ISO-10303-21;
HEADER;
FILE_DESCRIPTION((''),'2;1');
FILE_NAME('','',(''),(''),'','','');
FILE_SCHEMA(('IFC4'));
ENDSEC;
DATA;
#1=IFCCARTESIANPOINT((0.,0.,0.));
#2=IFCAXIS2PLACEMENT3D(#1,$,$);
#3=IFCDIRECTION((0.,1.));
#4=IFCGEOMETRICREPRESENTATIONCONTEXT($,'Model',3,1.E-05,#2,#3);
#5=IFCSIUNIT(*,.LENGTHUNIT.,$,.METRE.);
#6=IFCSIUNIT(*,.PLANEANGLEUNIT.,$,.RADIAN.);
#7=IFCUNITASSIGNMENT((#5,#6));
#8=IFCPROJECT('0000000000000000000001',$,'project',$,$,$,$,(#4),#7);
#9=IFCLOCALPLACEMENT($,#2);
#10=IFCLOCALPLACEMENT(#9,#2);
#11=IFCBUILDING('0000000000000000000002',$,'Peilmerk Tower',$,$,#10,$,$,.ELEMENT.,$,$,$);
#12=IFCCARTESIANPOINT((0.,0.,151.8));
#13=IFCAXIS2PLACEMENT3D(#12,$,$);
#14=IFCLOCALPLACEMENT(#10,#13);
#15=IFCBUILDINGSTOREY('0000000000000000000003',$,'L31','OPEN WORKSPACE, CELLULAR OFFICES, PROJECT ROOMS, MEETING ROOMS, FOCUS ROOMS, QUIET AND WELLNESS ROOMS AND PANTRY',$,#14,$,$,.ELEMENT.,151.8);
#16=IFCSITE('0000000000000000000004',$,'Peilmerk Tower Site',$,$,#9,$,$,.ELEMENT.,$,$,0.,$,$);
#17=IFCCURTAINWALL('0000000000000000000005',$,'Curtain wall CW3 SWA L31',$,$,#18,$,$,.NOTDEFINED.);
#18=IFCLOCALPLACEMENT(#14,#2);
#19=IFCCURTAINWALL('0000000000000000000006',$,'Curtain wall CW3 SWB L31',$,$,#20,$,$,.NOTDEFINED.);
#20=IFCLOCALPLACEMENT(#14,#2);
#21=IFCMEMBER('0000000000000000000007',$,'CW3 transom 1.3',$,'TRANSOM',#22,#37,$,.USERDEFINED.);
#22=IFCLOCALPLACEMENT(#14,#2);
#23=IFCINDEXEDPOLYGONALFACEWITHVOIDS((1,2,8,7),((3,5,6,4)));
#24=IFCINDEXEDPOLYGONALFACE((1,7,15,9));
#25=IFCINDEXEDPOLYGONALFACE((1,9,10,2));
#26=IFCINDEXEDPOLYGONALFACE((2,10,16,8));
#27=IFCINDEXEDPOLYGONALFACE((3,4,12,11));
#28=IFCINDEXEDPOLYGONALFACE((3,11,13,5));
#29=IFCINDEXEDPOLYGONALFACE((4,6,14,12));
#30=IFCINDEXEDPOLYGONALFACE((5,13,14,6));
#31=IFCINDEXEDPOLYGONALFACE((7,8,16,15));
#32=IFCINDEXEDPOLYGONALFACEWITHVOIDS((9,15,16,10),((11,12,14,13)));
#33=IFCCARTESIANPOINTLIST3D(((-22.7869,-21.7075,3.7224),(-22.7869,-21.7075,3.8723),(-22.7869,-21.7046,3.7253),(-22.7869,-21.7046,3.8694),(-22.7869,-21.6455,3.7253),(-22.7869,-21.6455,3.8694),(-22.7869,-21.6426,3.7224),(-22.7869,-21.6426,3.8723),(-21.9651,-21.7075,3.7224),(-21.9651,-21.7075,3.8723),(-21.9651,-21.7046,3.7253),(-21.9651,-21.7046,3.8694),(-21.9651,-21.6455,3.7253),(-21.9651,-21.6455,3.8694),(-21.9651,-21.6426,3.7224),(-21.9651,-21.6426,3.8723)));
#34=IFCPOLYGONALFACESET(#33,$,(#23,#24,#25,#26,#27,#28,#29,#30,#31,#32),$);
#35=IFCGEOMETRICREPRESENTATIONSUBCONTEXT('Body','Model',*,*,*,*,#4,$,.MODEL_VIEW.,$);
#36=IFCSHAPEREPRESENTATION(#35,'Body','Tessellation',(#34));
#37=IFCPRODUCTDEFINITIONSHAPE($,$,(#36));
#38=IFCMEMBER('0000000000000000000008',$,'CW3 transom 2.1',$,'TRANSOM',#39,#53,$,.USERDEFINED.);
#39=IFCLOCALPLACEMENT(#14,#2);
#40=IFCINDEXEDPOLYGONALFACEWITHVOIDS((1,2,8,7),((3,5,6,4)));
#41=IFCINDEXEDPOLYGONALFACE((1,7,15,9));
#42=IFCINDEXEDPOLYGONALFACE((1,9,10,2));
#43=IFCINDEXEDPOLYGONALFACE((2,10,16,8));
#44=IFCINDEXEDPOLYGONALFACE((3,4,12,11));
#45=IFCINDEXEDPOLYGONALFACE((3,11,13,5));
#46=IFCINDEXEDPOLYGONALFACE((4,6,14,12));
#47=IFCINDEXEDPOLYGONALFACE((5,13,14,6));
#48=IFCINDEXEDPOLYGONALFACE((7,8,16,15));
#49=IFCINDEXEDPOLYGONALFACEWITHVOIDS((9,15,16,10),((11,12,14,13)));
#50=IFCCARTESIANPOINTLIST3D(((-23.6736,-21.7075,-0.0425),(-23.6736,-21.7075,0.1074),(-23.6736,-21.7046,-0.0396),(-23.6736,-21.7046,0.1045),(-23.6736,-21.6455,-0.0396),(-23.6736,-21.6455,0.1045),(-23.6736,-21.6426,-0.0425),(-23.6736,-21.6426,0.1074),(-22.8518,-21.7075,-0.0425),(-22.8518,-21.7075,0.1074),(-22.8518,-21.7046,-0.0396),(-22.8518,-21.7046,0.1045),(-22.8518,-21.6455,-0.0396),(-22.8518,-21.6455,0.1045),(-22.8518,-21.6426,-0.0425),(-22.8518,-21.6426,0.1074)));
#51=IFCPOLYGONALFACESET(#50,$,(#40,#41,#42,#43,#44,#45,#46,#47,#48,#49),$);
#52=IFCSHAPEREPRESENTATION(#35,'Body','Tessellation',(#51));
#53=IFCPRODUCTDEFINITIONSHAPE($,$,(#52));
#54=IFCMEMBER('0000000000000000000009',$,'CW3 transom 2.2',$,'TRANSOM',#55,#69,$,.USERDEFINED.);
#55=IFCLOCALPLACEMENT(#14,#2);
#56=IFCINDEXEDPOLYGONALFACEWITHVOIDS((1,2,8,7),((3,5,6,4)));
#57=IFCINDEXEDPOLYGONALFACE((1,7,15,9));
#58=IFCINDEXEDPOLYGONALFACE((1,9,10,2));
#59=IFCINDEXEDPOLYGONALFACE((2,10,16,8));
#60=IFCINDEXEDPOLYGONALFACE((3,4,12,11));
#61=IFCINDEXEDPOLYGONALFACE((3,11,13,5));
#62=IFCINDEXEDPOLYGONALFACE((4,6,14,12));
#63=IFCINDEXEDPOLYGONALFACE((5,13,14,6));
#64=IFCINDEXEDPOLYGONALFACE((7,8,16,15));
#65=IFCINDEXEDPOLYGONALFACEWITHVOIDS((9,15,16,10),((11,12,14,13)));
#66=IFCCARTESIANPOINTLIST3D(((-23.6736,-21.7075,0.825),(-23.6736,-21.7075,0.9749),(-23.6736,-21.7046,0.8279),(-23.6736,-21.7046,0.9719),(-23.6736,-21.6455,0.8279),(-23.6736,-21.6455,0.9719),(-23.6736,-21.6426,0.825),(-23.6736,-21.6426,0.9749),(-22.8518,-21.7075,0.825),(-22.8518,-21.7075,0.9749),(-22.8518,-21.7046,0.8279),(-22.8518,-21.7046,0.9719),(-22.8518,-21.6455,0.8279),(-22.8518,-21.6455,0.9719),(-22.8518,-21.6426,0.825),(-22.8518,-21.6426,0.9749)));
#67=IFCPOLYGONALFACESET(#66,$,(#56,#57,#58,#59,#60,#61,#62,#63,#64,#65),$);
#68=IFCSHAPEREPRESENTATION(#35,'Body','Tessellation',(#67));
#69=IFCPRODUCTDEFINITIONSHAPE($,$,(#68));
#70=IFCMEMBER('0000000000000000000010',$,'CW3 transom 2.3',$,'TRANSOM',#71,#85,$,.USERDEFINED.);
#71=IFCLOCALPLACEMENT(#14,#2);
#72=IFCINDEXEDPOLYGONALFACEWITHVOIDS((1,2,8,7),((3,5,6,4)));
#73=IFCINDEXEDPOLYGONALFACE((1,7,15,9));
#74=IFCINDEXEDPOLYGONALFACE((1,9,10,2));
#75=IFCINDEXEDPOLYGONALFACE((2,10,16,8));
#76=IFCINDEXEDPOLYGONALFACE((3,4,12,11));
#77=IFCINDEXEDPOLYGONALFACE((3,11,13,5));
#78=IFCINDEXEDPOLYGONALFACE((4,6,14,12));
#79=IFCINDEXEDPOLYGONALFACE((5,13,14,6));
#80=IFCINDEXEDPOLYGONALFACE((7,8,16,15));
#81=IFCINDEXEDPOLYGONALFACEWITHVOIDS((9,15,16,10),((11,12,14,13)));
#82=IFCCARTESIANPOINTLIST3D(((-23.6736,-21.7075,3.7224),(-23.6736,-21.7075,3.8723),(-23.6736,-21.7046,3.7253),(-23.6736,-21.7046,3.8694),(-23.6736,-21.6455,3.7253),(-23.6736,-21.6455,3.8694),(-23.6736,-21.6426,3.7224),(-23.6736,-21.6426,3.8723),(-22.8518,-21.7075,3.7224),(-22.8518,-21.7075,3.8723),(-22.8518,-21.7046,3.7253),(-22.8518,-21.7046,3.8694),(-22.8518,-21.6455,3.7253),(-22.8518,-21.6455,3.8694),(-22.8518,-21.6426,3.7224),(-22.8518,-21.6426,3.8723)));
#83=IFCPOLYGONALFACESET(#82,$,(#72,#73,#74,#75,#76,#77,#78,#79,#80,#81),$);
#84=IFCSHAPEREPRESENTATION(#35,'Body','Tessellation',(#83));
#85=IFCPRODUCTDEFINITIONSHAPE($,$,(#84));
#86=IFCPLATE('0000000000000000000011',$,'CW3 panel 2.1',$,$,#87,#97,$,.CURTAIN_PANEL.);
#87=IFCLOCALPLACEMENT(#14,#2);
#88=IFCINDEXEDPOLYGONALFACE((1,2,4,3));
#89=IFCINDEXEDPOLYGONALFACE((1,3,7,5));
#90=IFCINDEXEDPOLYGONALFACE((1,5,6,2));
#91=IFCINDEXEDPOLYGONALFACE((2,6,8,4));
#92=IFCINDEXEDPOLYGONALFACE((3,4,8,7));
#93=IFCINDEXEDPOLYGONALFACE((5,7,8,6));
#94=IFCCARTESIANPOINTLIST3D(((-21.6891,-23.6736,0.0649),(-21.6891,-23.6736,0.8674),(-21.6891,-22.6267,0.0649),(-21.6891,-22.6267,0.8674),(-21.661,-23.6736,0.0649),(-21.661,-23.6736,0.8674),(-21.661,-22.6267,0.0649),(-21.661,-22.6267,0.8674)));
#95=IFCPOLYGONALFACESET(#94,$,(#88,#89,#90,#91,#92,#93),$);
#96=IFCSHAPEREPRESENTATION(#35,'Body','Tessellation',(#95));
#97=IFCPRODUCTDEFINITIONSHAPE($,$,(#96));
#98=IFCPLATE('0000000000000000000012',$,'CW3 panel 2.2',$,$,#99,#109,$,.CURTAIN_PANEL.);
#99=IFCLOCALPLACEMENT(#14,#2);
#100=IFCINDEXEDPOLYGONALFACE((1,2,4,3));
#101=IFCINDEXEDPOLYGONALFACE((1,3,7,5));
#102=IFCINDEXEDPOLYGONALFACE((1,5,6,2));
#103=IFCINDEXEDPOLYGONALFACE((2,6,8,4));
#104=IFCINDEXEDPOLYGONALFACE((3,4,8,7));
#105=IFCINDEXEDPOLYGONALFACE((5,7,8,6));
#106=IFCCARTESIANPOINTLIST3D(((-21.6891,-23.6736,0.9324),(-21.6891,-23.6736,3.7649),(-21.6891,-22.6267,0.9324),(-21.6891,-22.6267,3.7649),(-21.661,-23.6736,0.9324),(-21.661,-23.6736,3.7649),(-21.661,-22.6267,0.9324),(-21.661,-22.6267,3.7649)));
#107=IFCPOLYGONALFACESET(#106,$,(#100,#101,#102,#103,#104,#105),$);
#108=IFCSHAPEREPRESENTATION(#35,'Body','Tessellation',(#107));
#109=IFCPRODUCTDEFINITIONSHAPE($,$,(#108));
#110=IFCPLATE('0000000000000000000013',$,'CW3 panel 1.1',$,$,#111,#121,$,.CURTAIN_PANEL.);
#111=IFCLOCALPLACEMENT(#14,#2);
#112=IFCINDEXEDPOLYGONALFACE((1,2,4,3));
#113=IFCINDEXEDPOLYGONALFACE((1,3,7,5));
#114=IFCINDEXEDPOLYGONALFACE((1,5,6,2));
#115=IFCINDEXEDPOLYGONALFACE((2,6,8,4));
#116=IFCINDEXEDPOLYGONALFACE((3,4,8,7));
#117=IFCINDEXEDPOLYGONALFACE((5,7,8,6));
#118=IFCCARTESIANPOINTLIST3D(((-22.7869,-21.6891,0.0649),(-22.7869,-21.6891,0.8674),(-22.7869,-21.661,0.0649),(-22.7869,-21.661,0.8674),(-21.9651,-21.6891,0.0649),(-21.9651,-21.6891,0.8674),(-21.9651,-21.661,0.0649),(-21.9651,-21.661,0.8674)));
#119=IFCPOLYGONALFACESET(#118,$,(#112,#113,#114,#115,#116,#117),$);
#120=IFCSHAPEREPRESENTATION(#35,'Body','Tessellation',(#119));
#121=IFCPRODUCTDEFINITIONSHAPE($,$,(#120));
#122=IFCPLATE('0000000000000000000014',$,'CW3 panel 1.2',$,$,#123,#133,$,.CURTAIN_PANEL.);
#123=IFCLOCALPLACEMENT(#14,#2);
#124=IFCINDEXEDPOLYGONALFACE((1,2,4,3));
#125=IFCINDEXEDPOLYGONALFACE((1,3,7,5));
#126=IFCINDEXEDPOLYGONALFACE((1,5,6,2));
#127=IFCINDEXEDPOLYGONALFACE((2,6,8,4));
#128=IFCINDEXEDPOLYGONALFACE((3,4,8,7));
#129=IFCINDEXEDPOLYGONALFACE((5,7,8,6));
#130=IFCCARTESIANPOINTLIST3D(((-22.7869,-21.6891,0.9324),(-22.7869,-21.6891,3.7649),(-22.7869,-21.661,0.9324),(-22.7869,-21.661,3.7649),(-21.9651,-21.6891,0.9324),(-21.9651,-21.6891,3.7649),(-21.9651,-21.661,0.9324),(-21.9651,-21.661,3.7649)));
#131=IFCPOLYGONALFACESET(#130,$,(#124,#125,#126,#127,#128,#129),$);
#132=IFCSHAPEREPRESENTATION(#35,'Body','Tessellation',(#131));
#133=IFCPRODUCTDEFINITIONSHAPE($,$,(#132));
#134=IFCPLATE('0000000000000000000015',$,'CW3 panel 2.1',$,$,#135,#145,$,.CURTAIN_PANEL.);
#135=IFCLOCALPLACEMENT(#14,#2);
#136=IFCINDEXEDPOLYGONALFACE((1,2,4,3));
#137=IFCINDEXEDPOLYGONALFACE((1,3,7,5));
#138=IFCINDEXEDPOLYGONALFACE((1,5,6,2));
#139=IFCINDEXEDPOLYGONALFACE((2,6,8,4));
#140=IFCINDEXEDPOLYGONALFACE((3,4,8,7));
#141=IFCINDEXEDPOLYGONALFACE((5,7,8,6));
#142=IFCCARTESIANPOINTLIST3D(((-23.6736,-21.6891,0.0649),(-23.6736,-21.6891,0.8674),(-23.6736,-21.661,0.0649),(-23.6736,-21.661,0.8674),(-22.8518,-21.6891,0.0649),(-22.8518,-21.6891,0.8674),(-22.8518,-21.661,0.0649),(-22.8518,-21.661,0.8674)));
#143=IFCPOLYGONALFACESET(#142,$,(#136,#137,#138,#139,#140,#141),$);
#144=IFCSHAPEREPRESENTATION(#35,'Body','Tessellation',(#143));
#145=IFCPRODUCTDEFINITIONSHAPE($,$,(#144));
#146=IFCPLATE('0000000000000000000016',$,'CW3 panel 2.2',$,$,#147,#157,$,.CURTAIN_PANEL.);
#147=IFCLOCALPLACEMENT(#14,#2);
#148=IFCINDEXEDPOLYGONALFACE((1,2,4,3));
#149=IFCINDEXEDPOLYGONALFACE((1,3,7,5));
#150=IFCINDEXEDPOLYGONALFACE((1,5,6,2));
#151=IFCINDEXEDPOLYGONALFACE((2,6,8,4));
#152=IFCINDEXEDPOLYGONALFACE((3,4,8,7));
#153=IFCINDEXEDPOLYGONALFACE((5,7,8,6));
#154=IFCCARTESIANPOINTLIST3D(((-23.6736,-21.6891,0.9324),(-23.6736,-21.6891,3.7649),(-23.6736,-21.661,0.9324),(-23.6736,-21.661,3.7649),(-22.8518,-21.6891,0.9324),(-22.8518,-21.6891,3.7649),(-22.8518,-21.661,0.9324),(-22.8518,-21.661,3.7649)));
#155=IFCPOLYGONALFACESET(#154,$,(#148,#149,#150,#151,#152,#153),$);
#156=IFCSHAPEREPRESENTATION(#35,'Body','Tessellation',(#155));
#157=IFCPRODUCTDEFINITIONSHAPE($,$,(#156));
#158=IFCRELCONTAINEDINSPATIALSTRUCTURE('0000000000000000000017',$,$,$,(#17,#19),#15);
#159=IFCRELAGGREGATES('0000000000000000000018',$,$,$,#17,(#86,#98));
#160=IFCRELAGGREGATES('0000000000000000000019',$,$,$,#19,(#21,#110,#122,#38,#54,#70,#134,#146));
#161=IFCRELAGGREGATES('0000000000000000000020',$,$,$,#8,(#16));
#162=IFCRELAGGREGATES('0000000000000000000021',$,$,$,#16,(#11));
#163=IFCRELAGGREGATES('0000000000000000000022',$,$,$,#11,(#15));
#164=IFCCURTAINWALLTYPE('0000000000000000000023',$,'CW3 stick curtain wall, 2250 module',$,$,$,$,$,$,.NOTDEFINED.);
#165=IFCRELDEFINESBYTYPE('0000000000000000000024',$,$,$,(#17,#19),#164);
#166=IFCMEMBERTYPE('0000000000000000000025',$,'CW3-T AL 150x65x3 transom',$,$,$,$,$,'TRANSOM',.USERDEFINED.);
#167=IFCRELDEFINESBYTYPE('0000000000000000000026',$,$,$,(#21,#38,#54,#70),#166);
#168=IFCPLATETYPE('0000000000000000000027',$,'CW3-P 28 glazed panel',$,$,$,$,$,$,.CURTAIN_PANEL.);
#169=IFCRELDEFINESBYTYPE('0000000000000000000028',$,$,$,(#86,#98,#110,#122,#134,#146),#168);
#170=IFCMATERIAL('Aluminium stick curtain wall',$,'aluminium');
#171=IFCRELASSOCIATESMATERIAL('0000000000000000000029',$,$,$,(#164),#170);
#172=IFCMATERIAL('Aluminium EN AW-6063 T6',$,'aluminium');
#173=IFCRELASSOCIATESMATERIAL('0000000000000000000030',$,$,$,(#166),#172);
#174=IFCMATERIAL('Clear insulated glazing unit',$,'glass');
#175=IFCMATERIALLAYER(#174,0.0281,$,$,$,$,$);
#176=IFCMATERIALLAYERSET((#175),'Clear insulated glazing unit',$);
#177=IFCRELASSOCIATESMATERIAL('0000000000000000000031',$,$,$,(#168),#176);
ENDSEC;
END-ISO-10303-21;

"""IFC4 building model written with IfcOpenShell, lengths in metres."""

from ifc_helpers import new_model, si_unit, direction, frame, origin, origin_2d, place, context, subcontext, project, spatial, rectangle, hollow_rectangle, extrude, material, layer, layer_set, material_profile, profile_set, type_object, element, aggregate, save


model = new_model("IFC4")

# Units and contexts
model_context = context("Model", 3, precision=1e-05, world=origin(), true_north=direction((0.0, 1.0)))
body_context = subcontext(model_context, "Body", "Model", "MODEL_VIEW")
ifc_project = project(units=[si_unit("LENGTHUNIT", "METRE"), si_unit("PLANEANGLEUNIT", "RADIAN")], contexts=[model_context])

# Site, building, storey
site_placement = place(None, origin())
site = spatial("IfcSite", under=ifc_project, at=site_placement, Name="Peilmerk Tower Site", CompositionType="ELEMENT", RefElevation=0.0)
building_placement = place(site_placement, origin())
building = spatial("IfcBuilding", under=site, at=building_placement, Name="Peilmerk Tower", CompositionType="ELEMENT")
storey_placement = place(building_placement, frame((0.0, 0.0, 151.8)))
storey = spatial("IfcBuildingStorey", under=building, at=storey_placement, Name="L31", Description="OPEN WORKSPACE, CELLULAR OFFICES, PROJECT ROOMS, MEETING ROOMS, FOCUS ROOMS, QUIET AND WELLNESS ROOMS AND PANTRY", CompositionType="ELEMENT", Elevation=151.8)

# Curtain wall
ifc_material_1 = material(Name="Aluminium stick curtain wall", Category="aluminium")
curtain_wall_type = type_object("IfcCurtainWallType", Name="CW3 stick curtain wall, 2250 module", PredefinedType="NOTDEFINED", material=ifc_material_1)
curtain_wall_1_placement = place(storey_placement, origin())
curtain_wall_1 = element("IfcCurtainWall", 1, at=curtain_wall_1_placement, inside=storey, type_object=curtain_wall_type, Name="Curtain wall CW3 SWA L31", PredefinedType="NOTDEFINED")
ifc_material_2 = material(Name="Aluminium EN AW-6063 T6", Category="aluminium")

# Curtain wall
curtain_wall_2_placement = place(storey_placement, origin())
curtain_wall_2 = element("IfcCurtainWall", 2, at=curtain_wall_2_placement, inside=storey, type_object=curtain_wall_type, Name="Curtain wall CW3 SWB L31", PredefinedType="NOTDEFINED")

# Members
ifc_material_profile_1 = material_profile(ifc_material_2, hollow_rectangle(XDim=0.0649, YDim=0.1499, WallThickness=0.0029, at=origin_2d()), Name="AL 150x65x3")
ifc_profile_set_1 = profile_set([ifc_material_profile_1], Name="Aluminium EN AW-6063 T6")
member_type_1 = type_object("IfcMemberType", Name="CW3-T AL 150x65x3 transom", ElementType="TRANSOM", PredefinedType="USERDEFINED", material=ifc_profile_set_1)
member_1_placement = place(storey_placement, frame((-21.9651, -21.675, 3.7974), z_axis=(-1.0, 0.0, 0.0), x_axis=(0.0, -1.0, 0.0)))
member_1 = element("IfcMember", 3, at=member_1_placement, type_object=member_type_1, Name="CW3 transom 1.3", ObjectType="TRANSOM", PredefinedType="USERDEFINED", context=body_context, shape_type="SweptSolid", body=[
    extrude(hollow_rectangle(XDim=0.0649, YDim=0.1499, WallThickness=0.0029, at=origin_2d()), origin(), (0.0, 0.0, 1.0), 0.8218),
])
member_2_placement = place(storey_placement, frame((-22.8518, -21.675, 0.0325), z_axis=(-1.0, 0.0, 0.0), x_axis=(0.0, -1.0, 0.0)))
member_2 = element("IfcMember", 4, at=member_2_placement, type_object=member_type_1, Name="CW3 transom 2.1", ObjectType="TRANSOM", PredefinedType="USERDEFINED", context=body_context, shape_type="SweptSolid", body=[
    extrude(hollow_rectangle(XDim=0.0649, YDim=0.1499, WallThickness=0.0029, at=origin_2d()), origin(), (0.0, 0.0, 1.0), 0.8218),
])
member_3_placement = place(storey_placement, frame((-22.8518, -21.675, 0.8999), z_axis=(-1.0, 0.0, 0.0), x_axis=(0.0, -1.0, 0.0)))
member_3 = element("IfcMember", 5, at=member_3_placement, type_object=member_type_1, Name="CW3 transom 2.2", ObjectType="TRANSOM", PredefinedType="USERDEFINED", context=body_context, shape_type="SweptSolid", body=[
    extrude(hollow_rectangle(XDim=0.0649, YDim=0.1499, WallThickness=0.0029, at=origin_2d()), origin(), (0.0, 0.0, 1.0), 0.8218),
])
member_4_placement = place(storey_placement, frame((-22.8518, -21.675, 3.7974), z_axis=(-1.0, 0.0, 0.0), x_axis=(0.0, -1.0, 0.0)))
member_4 = element("IfcMember", 6, at=member_4_placement, type_object=member_type_1, Name="CW3 transom 2.3", ObjectType="TRANSOM", PredefinedType="USERDEFINED", context=body_context, shape_type="SweptSolid", body=[
    extrude(hollow_rectangle(XDim=0.0649, YDim=0.1499, WallThickness=0.0029, at=origin_2d()), origin(), (0.0, 0.0, 1.0), 0.8218),
])

# Plates
ifc_material_3 = material(Name="Clear insulated glazing unit", Category="glass")
ifc_layer_1 = layer(ifc_material_3, 0.0281)
ifc_layer_set_1 = layer_set([ifc_layer_1], Name="Clear insulated glazing unit")
plate_type = type_object("IfcPlateType", Name="CW3-P 28 glazed panel", PredefinedType="CURTAIN_PANEL", material=ifc_layer_set_1)
plate_1_placement = place(storey_placement, frame((-21.675, -23.1501, 0.0649), z_axis=(0.0, 0.0, 1.0), x_axis=(0.0, -1.0, 0.0)))
plate_1 = element("IfcPlate", 7, at=plate_1_placement, type_object=plate_type, Name="CW3 panel 2.1", PredefinedType="CURTAIN_PANEL", context=body_context, shape_type="SweptSolid", body=[
    extrude(rectangle(XDim=1.0469, YDim=0.0281, at=origin_2d()), origin(), (0.0, 0.0, 1.0), 0.8025),
])
plate_2_placement = place(storey_placement, frame((-21.675, -23.1501, 0.9324), z_axis=(0.0, 0.0, 1.0), x_axis=(0.0, -1.0, 0.0)))
plate_2 = element("IfcPlate", 8, at=plate_2_placement, type_object=plate_type, Name="CW3 panel 2.2", PredefinedType="CURTAIN_PANEL", context=body_context, shape_type="SweptSolid", body=[
    extrude(rectangle(XDim=1.0469, YDim=0.0281, at=origin_2d()), origin(), (0.0, 0.0, 1.0), 2.8325),
])
aggregate(curtain_wall_1, [plate_1, plate_2])
plate_3_placement = place(storey_placement, frame((-22.376, -21.675, 0.0649), z_axis=(0.0, 0.0, 1.0), x_axis=(-1.0, 0.0, 0.0)))
plate_3 = element("IfcPlate", 9, at=plate_3_placement, type_object=plate_type, Name="CW3 panel 1.1", PredefinedType="CURTAIN_PANEL", context=body_context, shape_type="SweptSolid", body=[
    extrude(rectangle(XDim=0.8218, YDim=0.0281, at=origin_2d()), origin(), (0.0, 0.0, 1.0), 0.8025),
])
plate_4_placement = place(storey_placement, frame((-22.376, -21.675, 0.9324), z_axis=(0.0, 0.0, 1.0), x_axis=(-1.0, 0.0, 0.0)))
plate_4 = element("IfcPlate", 10, at=plate_4_placement, type_object=plate_type, Name="CW3 panel 1.2", PredefinedType="CURTAIN_PANEL", context=body_context, shape_type="SweptSolid", body=[
    extrude(rectangle(XDim=0.8218, YDim=0.0281, at=origin_2d()), origin(), (0.0, 0.0, 1.0), 2.8325),
])
plate_5_placement = place(storey_placement, frame((-23.2627, -21.675, 0.0649), z_axis=(0.0, 0.0, 1.0), x_axis=(-1.0, 0.0, 0.0)))
plate_5 = element("IfcPlate", 11, at=plate_5_placement, type_object=plate_type, Name="CW3 panel 2.1", PredefinedType="CURTAIN_PANEL", context=body_context, shape_type="SweptSolid", body=[
    extrude(rectangle(XDim=0.8218, YDim=0.0281, at=origin_2d()), origin(), (0.0, 0.0, 1.0), 0.8025),
])
plate_6_placement = place(storey_placement, frame((-23.2627, -21.675, 0.9324), z_axis=(0.0, 0.0, 1.0), x_axis=(-1.0, 0.0, 0.0)))
plate_6 = element("IfcPlate", 12, at=plate_6_placement, type_object=plate_type, Name="CW3 panel 2.2", PredefinedType="CURTAIN_PANEL", context=body_context, shape_type="SweptSolid", body=[
    extrude(rectangle(XDim=0.8218, YDim=0.0281, at=origin_2d()), origin(), (0.0, 0.0, 1.0), 2.8325),
])
aggregate(curtain_wall_2, [member_1, plate_3, plate_4, member_2, member_3, member_4, plate_5, plate_6])

save(model, "model.ifc")
